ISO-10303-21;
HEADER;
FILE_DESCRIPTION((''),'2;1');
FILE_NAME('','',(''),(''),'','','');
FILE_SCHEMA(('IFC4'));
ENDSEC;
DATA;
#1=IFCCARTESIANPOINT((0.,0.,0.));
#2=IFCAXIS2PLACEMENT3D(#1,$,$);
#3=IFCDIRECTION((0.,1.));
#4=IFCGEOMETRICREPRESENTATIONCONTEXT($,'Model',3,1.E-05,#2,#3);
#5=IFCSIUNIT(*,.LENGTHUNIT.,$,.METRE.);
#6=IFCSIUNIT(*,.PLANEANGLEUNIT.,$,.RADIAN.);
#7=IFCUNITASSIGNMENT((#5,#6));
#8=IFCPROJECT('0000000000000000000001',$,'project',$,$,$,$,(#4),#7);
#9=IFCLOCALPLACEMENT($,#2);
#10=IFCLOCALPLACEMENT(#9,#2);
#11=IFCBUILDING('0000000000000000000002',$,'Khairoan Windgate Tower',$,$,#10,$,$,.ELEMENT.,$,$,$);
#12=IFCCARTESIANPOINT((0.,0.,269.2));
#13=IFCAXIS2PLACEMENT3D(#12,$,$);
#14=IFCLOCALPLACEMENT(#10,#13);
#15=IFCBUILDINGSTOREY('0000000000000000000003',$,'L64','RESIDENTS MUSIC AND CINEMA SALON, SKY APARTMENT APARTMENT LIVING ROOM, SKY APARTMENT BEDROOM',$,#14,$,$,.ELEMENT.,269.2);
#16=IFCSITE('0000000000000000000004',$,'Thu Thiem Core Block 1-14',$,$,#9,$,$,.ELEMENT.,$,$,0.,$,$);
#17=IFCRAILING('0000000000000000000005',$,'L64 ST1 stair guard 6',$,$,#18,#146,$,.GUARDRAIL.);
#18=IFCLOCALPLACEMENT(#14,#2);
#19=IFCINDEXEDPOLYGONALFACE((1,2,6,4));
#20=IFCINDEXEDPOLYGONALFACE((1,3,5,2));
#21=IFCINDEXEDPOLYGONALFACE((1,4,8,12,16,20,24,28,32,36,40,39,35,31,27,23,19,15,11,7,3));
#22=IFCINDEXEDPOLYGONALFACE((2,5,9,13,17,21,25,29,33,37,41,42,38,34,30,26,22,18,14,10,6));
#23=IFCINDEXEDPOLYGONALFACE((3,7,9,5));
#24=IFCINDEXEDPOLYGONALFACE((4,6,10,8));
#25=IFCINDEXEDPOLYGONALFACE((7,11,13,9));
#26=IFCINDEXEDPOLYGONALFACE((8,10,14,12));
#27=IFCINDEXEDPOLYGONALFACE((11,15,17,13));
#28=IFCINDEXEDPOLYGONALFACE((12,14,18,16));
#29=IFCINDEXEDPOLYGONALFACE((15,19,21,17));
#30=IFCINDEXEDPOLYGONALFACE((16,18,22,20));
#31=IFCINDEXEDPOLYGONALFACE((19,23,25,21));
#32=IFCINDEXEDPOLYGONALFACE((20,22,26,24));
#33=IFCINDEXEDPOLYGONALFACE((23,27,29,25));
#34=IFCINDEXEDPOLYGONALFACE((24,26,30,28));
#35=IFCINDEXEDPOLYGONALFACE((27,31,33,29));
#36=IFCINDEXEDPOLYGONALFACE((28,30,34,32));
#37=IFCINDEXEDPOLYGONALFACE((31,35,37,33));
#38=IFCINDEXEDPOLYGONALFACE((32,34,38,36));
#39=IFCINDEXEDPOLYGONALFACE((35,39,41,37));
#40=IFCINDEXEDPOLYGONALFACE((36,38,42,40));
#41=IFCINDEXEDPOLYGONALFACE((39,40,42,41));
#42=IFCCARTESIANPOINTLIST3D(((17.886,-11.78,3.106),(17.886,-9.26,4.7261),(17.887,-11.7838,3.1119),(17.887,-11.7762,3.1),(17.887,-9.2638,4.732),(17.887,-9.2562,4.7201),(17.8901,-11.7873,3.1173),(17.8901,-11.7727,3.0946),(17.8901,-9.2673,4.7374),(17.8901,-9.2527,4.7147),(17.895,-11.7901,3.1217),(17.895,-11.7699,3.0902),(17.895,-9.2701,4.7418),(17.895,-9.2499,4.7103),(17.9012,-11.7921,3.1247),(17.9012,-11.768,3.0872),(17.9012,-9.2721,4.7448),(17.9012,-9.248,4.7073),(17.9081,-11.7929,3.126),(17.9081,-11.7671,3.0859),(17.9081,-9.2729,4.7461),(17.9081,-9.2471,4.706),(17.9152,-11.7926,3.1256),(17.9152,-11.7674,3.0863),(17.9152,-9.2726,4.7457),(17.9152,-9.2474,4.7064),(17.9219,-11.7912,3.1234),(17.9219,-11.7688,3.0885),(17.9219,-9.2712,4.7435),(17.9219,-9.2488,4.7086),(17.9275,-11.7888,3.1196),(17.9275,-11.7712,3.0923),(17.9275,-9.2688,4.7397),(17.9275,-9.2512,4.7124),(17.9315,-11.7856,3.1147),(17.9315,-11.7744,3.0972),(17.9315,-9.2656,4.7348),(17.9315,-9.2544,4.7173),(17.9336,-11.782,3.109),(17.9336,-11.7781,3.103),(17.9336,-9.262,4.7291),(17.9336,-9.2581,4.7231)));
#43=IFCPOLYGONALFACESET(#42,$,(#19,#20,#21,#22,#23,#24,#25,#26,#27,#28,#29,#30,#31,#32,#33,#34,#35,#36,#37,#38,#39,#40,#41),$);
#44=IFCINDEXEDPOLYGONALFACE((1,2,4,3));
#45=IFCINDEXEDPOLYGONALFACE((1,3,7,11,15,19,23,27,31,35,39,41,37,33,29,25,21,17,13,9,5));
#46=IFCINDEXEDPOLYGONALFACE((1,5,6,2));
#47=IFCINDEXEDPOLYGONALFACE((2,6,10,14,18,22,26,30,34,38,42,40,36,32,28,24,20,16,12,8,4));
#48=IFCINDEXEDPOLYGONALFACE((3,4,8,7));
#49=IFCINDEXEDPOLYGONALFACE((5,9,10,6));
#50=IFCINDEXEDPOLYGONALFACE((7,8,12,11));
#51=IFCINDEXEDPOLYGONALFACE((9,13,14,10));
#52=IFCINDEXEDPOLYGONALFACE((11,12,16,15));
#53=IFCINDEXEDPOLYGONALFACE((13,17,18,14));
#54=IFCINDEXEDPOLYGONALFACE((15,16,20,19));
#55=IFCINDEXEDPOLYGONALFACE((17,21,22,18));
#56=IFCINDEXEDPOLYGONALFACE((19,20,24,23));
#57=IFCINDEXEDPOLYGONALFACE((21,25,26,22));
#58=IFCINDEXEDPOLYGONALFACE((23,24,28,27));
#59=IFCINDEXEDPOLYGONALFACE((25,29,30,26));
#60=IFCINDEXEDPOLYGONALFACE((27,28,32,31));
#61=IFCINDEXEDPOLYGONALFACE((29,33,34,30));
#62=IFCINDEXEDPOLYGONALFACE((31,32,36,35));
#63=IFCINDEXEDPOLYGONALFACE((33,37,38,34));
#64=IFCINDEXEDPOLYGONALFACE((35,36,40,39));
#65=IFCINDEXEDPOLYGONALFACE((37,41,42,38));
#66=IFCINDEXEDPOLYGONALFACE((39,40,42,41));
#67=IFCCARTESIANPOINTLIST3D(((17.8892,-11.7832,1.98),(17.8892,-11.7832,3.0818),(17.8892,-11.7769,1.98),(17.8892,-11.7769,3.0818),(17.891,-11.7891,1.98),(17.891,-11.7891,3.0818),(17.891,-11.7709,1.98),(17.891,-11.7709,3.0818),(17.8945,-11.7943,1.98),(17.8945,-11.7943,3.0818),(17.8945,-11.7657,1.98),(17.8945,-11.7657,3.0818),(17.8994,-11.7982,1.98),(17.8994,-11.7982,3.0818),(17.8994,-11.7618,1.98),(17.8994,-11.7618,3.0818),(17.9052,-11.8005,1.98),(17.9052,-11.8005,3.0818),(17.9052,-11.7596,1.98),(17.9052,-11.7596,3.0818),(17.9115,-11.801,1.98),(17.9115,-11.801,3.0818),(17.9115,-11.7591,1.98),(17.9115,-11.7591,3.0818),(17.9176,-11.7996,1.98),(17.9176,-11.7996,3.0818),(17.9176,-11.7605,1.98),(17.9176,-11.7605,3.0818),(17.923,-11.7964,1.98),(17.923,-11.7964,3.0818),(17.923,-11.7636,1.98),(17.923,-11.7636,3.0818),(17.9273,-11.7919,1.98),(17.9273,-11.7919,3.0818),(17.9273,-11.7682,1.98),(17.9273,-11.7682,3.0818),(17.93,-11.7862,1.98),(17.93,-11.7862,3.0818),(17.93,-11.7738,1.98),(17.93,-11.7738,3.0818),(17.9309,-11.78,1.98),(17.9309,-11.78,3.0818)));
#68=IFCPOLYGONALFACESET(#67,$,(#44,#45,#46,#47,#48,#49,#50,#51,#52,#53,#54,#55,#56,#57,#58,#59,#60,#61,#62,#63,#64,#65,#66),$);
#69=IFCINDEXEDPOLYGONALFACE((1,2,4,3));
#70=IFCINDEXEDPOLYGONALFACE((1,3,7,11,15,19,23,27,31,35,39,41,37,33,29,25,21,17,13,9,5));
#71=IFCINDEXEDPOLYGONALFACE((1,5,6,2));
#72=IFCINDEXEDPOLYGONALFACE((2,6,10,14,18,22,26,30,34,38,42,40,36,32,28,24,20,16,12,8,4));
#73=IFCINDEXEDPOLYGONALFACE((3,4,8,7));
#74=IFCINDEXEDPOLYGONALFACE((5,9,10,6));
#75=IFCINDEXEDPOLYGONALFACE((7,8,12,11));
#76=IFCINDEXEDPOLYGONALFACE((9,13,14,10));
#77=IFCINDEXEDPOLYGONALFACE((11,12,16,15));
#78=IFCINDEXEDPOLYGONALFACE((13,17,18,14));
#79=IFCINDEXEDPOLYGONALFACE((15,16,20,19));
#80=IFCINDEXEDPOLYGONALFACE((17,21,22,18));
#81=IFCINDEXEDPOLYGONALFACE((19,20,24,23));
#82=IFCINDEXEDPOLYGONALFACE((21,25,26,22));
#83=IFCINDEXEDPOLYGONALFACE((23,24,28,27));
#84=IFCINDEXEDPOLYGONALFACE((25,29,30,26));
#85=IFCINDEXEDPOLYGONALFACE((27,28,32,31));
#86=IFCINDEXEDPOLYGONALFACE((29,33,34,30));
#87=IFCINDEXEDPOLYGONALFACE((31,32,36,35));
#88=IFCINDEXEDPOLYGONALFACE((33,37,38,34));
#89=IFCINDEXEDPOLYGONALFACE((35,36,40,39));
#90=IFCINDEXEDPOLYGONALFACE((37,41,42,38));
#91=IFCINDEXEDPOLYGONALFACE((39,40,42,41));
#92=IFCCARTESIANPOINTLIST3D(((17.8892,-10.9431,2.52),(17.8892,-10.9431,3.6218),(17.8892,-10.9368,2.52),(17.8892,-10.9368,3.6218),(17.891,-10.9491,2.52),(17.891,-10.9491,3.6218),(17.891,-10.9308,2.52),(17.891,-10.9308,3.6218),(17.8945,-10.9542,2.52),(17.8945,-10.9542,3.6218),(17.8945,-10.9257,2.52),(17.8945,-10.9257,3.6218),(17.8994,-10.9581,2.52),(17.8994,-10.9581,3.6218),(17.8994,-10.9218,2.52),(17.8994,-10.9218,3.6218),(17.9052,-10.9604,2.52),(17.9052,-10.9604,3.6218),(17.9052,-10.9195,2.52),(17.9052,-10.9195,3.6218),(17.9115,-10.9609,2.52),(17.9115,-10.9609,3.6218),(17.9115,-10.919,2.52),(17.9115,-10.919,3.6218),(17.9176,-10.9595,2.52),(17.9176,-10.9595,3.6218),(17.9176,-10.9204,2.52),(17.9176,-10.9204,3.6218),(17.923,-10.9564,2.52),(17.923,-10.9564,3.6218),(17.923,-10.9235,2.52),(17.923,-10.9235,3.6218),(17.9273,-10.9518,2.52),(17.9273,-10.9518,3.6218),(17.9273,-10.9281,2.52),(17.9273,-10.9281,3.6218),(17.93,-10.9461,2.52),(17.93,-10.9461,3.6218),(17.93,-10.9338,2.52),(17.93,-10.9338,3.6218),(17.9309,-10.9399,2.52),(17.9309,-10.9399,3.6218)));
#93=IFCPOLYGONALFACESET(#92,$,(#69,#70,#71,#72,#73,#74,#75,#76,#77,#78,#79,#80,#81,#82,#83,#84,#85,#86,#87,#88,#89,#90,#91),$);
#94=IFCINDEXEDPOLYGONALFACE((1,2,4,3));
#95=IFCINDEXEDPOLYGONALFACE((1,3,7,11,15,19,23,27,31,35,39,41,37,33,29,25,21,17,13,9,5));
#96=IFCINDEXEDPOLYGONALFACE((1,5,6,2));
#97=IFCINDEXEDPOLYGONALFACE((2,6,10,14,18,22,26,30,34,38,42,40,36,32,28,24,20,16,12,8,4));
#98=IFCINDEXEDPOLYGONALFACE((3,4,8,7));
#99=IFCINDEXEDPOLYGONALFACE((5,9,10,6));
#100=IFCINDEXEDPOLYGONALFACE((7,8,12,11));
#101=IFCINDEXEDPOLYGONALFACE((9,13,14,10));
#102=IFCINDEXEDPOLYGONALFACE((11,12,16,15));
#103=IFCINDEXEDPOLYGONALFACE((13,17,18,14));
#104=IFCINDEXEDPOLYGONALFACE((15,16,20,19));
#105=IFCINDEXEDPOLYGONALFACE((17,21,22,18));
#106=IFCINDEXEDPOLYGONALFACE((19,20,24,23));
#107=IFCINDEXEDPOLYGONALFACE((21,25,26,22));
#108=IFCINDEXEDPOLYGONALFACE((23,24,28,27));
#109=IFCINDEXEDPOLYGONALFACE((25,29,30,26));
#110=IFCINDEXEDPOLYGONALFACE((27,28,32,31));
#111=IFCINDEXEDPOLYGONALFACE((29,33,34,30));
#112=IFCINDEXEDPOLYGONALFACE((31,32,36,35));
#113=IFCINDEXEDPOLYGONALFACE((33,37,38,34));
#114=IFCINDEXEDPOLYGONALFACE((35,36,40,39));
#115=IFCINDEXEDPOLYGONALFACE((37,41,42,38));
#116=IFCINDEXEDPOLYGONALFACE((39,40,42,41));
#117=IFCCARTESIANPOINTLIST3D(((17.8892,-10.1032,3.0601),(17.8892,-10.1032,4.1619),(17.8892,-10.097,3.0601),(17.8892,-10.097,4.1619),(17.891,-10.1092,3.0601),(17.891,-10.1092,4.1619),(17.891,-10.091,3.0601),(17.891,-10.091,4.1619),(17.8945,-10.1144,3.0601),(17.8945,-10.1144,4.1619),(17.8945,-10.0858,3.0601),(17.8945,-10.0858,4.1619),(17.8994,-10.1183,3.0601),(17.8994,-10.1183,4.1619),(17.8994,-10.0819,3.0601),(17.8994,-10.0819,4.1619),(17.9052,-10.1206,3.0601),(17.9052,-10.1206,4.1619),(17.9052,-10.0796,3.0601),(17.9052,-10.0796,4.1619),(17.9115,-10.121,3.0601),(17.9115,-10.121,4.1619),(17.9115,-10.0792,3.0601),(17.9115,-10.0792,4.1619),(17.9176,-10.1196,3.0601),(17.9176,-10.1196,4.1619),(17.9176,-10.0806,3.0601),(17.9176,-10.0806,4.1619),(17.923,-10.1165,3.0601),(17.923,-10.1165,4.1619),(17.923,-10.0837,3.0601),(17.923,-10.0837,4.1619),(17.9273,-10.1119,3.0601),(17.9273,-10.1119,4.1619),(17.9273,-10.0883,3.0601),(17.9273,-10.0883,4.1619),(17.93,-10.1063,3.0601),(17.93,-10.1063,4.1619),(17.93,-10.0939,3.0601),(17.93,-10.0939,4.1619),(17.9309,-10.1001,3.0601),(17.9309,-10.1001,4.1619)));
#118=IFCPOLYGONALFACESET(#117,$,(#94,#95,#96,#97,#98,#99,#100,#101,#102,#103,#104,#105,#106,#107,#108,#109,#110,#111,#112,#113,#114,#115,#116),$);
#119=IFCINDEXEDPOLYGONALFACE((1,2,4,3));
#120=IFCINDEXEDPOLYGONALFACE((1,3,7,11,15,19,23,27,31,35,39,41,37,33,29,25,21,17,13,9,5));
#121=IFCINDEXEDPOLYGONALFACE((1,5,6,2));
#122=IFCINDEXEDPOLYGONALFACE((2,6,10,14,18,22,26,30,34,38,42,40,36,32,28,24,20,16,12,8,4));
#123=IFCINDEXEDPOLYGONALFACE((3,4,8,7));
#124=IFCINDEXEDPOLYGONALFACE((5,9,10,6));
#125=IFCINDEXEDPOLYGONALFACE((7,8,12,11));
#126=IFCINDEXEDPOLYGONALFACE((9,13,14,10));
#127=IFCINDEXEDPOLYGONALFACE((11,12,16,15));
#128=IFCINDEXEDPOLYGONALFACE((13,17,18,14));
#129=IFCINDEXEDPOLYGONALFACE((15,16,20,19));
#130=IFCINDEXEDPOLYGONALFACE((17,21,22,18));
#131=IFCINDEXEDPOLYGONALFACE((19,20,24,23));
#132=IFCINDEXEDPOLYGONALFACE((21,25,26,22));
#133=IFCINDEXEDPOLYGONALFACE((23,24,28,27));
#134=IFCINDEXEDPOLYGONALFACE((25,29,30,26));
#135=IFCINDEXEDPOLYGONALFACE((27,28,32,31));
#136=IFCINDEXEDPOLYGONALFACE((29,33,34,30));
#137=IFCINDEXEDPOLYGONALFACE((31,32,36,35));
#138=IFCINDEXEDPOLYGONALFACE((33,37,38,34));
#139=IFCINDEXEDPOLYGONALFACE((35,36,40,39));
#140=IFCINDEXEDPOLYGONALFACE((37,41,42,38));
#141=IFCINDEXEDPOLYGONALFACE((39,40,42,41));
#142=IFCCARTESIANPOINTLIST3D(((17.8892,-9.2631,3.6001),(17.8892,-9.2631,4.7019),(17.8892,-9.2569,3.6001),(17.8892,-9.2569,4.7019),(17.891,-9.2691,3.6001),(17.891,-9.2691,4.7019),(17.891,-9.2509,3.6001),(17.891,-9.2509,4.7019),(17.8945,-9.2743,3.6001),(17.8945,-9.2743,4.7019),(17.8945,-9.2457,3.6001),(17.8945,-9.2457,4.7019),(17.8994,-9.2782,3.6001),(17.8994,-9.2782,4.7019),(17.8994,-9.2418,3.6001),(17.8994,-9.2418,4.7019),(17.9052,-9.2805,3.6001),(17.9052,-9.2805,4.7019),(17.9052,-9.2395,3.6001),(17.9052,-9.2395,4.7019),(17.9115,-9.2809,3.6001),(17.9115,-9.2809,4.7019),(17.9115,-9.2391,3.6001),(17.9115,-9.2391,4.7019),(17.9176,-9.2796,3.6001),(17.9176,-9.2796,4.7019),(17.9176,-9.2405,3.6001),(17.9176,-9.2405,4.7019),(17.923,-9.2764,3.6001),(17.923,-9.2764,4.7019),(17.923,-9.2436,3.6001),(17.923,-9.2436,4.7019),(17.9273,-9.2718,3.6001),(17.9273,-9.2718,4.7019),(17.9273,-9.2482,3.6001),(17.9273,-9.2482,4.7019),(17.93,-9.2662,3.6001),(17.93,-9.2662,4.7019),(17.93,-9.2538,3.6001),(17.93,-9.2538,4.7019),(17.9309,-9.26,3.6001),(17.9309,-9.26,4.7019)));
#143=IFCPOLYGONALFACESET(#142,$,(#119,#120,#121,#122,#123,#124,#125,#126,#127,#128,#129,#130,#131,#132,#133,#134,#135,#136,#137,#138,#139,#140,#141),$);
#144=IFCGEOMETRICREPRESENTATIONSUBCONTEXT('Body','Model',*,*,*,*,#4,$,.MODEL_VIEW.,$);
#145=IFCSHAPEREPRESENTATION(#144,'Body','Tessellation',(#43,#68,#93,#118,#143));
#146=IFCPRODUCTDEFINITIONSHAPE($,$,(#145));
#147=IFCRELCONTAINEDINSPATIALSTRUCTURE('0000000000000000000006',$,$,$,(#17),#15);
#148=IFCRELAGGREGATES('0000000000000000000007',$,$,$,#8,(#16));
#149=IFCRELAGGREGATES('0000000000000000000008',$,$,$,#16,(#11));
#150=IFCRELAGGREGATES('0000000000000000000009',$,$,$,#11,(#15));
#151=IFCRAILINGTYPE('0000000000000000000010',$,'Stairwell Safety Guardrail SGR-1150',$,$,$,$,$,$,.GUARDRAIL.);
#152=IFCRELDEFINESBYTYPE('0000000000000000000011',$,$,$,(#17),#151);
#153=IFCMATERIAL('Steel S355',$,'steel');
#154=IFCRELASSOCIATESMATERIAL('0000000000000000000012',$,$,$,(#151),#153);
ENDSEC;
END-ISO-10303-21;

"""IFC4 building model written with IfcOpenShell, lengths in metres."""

from ifc_helpers import new_model, si_unit, direction, frame, origin, origin_2d, place, context, subcontext, project, spatial, circle, extrude, material, type_object, element, save


model = new_model("IFC4")

# Units and contexts
model_context = context("Model", 3, precision=1e-05, world=origin(), true_north=direction((0.0, 1.0)))
body_context = subcontext(model_context, "Body", "Model", "MODEL_VIEW")
ifc_project = project(units=[si_unit("LENGTHUNIT", "METRE"), si_unit("PLANEANGLEUNIT", "RADIAN")], contexts=[model_context])

# Site, building, storey
site_placement = place(None, origin())
site = spatial("IfcSite", under=ifc_project, at=site_placement, Name="Thu Thiem Core Block 1-14", CompositionType="ELEMENT", RefElevation=0.0)
building_placement = place(site_placement, origin())
building = spatial("IfcBuilding", under=site, at=building_placement, Name="Khairoan Windgate Tower", CompositionType="ELEMENT")
storey_placement = place(building_placement, frame((0.0, 0.0, 269.2)))
storey = spatial("IfcBuildingStorey", under=building, at=storey_placement, Name="L64", Description="RESIDENTS MUSIC AND CINEMA SALON, SKY APARTMENT APARTMENT LIVING ROOM, SKY APARTMENT BEDROOM", CompositionType="ELEMENT", Elevation=269.2)

# Railing
ifc_material_1 = material(Name="Steel S355", Category="steel")
railing_type = type_object("IfcRailingType", Name="Stairwell Safety Guardrail SGR-1150", PredefinedType="GUARDRAIL", material=ifc_material_1)
railing_1_placement = place(storey_placement, frame((17.9099, -11.78, 1.98)))
element("IfcRailing", 1, at=railing_1_placement, inside=storey, type_object=railing_type, Name="L64 ST1 stair guard 6", PredefinedType="GUARDRAIL", context=body_context, shape_type="SweptSolid", body=[
    extrude(circle(Radius=0.0239, at=origin_2d()), frame((0.0, 0.0, 1.126), z_axis=(0.0, 0.841163, 0.540782), x_axis=(-1.0, 0.0, 0.0)), (0.0, 0.0, 1.0), 2.9958),
    extrude(circle(Radius=0.021, at=origin_2d()), origin(), (0.0, 0.0, 1.0), 1.1018),
    extrude(circle(Radius=0.021, at=origin_2d()), frame((0.0, 0.8401, 0.54)), (0.0, 0.0, 1.0), 1.1018),
    extrude(circle(Radius=0.021, at=origin_2d()), frame((0.0, 1.6799, 1.0801)), (0.0, 0.0, 1.0), 1.1018),
    extrude(circle(Radius=0.021, at=origin_2d()), frame((0.0, 2.52, 1.6201)), (0.0, 0.0, 1.0), 1.1018),
])

save(model, "model.ifc")
